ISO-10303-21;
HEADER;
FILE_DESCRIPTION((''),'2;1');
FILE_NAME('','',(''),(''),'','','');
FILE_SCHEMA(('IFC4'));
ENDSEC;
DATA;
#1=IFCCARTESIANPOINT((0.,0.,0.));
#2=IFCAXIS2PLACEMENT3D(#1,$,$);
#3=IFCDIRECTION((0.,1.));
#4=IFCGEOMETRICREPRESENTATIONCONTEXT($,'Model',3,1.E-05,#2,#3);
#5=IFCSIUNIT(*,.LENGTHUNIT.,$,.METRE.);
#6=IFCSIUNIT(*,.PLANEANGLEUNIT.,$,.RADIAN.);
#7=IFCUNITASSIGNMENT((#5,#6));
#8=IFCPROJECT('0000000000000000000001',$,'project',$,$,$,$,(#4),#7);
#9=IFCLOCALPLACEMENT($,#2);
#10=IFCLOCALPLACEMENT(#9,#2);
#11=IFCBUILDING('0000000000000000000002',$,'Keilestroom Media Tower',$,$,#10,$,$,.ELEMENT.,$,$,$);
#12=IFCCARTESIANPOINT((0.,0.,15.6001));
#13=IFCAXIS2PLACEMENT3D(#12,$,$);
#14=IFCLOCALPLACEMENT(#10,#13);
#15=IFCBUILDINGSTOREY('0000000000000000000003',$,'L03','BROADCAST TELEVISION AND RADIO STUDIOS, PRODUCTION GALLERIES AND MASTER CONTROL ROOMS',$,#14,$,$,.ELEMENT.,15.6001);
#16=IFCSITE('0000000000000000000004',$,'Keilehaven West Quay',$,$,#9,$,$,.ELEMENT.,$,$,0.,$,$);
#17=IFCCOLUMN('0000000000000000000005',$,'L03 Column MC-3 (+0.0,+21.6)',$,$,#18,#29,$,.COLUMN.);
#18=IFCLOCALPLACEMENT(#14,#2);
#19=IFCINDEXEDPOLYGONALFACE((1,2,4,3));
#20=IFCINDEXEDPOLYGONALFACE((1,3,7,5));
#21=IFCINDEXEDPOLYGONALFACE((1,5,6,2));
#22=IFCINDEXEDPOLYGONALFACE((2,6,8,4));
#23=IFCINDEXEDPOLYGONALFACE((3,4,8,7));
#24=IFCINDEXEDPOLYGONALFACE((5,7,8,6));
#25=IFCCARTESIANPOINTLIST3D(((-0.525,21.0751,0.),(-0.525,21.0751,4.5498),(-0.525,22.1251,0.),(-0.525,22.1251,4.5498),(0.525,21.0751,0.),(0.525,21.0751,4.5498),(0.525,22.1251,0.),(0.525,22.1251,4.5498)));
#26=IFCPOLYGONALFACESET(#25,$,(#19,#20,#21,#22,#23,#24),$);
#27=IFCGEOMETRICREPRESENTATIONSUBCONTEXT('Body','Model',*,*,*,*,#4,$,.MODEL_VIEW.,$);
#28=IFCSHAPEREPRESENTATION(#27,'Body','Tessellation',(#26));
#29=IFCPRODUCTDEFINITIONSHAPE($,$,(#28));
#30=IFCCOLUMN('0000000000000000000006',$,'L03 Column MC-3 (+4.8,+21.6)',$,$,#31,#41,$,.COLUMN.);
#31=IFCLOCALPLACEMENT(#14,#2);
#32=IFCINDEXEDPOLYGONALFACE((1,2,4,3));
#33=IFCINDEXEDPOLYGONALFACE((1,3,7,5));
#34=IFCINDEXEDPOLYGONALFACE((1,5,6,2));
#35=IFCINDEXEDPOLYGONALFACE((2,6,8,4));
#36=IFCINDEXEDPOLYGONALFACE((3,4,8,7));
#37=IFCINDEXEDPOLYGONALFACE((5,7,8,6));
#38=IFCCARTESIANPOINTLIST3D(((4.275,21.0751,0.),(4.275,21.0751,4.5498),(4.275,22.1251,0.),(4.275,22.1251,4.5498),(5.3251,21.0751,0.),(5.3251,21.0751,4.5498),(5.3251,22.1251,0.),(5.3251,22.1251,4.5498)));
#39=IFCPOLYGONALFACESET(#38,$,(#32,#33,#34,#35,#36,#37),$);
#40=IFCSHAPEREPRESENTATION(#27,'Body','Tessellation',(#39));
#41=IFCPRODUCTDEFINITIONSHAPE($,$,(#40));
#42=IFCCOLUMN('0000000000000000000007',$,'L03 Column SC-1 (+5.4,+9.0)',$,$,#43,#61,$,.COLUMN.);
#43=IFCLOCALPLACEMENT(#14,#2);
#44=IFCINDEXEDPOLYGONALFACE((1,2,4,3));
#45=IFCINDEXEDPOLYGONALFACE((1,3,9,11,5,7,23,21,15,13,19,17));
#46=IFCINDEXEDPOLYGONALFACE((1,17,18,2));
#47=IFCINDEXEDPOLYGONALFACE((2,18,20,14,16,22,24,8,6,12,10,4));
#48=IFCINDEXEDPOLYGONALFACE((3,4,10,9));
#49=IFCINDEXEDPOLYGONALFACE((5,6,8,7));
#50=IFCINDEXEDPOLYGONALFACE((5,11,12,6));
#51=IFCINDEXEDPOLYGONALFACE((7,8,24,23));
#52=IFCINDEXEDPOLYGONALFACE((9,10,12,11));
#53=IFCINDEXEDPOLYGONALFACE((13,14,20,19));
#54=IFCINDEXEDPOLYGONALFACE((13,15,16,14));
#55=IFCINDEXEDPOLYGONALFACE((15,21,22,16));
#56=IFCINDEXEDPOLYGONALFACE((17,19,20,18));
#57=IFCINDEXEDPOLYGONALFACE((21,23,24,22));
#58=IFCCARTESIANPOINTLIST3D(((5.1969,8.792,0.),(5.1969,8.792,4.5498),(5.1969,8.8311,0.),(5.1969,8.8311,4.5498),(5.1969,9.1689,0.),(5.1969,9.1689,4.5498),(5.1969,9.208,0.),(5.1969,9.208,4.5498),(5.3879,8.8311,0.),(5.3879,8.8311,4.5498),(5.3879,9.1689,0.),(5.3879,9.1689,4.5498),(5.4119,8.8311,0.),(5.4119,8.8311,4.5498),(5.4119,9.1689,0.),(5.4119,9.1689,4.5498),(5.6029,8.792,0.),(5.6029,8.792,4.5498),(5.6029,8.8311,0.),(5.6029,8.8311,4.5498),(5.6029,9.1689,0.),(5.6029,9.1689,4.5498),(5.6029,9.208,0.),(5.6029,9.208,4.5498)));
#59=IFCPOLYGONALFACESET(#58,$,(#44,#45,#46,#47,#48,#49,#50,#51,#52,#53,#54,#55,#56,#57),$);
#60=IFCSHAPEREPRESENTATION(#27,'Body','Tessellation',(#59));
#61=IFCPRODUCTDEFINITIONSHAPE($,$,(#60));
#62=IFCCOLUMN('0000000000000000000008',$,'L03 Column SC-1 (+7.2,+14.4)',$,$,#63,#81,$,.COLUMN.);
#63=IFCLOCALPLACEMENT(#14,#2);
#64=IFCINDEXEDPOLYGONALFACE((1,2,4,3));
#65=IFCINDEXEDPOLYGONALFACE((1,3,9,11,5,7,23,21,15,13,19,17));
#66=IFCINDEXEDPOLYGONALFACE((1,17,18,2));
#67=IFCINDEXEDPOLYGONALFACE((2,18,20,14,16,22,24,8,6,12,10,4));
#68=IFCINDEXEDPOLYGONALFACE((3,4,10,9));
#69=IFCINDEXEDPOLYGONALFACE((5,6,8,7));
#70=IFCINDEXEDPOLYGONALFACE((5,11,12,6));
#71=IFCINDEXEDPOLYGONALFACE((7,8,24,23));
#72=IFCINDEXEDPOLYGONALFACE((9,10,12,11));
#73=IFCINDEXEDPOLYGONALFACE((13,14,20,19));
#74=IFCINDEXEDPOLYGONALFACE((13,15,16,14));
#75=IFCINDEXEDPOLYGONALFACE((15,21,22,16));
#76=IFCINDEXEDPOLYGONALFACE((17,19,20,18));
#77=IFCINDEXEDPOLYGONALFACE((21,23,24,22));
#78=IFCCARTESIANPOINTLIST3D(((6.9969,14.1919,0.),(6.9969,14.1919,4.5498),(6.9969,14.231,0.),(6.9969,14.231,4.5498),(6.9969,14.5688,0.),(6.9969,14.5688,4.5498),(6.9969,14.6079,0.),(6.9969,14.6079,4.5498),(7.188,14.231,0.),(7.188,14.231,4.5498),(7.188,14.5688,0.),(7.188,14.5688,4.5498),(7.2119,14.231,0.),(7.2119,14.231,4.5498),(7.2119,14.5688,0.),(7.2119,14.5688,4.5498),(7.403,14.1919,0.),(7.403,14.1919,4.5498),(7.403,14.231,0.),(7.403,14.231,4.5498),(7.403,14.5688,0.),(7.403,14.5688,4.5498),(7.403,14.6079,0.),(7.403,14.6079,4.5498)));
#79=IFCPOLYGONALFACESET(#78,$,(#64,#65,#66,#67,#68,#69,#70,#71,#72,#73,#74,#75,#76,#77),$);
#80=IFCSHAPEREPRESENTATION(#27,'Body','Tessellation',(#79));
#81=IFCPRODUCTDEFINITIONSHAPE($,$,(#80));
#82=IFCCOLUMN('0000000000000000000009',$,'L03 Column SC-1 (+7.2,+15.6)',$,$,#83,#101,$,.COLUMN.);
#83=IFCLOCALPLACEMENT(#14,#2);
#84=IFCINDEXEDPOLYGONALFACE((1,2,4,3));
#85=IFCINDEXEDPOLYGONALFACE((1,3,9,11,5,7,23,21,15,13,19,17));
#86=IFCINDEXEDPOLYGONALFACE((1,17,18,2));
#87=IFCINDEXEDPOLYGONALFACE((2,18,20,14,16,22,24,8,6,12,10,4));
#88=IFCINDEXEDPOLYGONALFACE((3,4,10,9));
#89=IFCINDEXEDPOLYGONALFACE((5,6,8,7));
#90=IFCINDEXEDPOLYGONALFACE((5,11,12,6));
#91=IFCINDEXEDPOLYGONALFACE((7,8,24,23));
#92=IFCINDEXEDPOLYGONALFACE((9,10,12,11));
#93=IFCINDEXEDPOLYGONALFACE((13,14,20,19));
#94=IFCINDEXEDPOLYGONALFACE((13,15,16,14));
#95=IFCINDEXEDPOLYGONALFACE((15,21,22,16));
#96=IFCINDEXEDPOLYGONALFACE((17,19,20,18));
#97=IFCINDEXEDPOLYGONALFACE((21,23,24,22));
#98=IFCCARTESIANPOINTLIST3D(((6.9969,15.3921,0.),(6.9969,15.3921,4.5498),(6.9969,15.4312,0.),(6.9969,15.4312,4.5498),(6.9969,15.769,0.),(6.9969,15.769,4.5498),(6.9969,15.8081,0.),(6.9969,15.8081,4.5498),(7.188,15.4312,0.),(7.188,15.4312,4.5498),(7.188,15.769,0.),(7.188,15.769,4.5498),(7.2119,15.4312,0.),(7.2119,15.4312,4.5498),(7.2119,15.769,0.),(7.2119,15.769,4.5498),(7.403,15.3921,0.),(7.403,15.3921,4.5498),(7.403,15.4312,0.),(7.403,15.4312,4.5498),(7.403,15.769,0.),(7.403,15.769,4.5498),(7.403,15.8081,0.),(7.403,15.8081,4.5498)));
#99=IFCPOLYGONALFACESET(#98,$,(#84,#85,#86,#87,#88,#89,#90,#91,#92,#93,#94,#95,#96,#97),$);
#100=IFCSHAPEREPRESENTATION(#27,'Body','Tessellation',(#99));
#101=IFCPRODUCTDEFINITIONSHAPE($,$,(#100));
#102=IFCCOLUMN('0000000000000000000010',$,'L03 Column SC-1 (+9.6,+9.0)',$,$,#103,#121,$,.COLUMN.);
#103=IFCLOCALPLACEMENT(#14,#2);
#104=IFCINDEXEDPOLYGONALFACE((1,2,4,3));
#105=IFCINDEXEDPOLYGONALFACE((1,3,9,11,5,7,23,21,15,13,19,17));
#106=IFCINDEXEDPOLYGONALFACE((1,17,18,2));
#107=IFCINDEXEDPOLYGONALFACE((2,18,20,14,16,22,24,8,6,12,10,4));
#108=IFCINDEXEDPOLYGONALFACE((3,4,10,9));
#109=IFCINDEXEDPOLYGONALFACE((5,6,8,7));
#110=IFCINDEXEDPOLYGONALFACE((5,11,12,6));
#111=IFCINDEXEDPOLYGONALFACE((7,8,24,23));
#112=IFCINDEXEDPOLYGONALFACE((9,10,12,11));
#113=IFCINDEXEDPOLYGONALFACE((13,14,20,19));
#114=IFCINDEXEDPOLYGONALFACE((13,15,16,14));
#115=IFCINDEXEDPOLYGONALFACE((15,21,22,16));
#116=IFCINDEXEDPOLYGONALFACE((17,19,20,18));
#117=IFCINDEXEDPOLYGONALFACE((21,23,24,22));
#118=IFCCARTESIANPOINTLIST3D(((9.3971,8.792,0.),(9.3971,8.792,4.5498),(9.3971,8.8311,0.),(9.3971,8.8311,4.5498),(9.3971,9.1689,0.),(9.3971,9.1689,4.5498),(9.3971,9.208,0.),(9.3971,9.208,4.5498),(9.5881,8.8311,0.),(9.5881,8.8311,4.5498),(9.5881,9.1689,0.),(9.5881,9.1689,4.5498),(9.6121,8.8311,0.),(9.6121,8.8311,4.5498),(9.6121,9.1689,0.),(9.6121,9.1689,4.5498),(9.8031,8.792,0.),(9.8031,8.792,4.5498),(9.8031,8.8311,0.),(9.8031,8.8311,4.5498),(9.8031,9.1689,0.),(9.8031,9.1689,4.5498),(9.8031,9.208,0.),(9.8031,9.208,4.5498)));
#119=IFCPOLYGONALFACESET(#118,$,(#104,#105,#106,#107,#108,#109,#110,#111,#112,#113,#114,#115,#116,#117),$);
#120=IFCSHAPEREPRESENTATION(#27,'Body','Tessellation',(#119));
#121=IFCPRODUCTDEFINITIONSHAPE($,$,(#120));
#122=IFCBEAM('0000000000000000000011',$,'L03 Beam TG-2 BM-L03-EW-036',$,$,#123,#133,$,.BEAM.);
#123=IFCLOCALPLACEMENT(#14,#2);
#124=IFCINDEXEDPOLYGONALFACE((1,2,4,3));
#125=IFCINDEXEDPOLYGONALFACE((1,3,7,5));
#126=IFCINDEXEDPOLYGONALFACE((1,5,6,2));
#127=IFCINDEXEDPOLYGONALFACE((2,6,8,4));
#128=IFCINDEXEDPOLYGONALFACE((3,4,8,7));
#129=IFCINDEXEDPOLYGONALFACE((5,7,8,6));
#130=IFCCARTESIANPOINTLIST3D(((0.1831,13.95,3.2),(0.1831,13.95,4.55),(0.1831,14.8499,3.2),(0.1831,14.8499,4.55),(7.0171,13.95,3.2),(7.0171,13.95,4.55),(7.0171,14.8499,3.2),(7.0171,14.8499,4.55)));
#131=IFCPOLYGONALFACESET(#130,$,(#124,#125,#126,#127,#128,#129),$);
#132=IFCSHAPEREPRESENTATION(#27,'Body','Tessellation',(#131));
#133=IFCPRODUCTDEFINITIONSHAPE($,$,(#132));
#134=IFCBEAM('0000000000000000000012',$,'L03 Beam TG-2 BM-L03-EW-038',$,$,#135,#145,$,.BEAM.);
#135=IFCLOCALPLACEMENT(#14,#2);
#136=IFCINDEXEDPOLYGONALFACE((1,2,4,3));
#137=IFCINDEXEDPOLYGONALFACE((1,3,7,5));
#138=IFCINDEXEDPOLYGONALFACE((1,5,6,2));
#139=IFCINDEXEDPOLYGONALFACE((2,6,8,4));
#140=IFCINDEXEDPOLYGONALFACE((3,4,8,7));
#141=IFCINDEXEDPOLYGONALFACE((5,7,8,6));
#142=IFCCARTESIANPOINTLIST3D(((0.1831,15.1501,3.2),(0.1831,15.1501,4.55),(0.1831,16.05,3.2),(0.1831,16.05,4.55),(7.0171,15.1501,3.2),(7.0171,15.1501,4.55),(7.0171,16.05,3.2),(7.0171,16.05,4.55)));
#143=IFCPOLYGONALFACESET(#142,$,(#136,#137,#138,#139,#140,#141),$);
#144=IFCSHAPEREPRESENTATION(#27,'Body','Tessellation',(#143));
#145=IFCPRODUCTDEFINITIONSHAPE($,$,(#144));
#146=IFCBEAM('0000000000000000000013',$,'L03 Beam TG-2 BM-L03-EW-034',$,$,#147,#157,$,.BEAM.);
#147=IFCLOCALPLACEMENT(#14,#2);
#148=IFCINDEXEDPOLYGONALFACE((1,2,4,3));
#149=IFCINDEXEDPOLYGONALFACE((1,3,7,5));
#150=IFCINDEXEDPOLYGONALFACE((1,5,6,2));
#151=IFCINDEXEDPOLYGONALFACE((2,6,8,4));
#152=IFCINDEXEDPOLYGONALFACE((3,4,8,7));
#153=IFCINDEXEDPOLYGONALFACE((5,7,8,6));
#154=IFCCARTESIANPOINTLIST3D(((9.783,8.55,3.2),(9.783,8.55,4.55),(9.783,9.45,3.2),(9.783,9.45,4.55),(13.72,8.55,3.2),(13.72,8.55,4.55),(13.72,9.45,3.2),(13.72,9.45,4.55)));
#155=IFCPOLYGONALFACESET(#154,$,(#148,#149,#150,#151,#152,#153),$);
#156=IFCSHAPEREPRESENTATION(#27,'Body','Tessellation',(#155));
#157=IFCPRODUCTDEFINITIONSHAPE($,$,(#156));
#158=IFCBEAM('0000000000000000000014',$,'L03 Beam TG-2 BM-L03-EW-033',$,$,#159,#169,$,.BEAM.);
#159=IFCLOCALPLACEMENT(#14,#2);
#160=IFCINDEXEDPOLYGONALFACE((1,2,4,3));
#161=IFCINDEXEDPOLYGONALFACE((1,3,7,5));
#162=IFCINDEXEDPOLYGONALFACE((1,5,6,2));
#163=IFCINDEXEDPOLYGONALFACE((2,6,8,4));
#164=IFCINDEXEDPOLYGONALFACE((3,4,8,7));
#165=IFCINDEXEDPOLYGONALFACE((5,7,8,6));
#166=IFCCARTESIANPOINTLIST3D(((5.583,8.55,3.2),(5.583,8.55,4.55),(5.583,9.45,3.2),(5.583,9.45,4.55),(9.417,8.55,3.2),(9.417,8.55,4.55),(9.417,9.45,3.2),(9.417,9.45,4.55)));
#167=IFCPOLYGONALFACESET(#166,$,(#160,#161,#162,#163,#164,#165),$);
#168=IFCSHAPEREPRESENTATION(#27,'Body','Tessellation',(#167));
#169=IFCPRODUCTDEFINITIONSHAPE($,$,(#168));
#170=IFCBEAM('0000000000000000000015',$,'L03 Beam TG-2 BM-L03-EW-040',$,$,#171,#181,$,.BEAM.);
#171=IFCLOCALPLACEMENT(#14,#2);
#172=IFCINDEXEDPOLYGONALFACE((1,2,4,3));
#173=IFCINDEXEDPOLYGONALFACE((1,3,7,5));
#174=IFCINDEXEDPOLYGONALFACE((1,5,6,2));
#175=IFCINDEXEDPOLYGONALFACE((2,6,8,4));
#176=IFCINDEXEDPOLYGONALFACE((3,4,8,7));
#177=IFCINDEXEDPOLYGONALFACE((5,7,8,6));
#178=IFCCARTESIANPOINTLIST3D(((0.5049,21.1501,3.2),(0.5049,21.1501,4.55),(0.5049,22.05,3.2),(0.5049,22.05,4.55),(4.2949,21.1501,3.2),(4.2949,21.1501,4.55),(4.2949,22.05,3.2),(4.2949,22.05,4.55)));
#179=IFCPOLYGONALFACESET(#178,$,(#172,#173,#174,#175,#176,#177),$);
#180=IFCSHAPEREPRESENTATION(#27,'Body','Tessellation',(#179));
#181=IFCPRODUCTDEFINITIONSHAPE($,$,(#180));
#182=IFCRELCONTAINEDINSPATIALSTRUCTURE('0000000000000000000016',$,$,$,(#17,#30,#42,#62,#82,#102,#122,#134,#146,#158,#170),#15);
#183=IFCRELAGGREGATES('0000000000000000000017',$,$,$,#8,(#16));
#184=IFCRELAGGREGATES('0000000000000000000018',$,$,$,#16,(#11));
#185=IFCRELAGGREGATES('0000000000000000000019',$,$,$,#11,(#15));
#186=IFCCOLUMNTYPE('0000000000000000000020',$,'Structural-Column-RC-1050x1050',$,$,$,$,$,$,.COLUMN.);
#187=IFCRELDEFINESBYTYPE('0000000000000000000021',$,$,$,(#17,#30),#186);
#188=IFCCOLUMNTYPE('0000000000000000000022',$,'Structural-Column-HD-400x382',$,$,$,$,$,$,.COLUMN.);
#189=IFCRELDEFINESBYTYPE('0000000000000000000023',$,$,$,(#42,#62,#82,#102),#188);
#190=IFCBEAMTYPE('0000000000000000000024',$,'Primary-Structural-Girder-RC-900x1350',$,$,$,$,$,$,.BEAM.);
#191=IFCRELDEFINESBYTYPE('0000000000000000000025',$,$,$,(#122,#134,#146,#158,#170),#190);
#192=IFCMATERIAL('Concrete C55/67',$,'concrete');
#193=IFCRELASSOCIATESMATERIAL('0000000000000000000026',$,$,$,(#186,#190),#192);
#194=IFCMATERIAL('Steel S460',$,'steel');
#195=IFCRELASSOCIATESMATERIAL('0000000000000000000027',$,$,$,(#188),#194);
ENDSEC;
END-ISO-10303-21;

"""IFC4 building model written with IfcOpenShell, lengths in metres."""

from ifc_helpers import new_model, si_unit, direction, frame, origin, origin_2d, place, context, subcontext, project, spatial, rectangle, i_section, extrude, source, transform, mapped, material, material_profile, profile_set, type_object, element, save


model = new_model("IFC4")

# Units and contexts
model_context = context("Model", 3, precision=1e-05, world=origin(), true_north=direction((0.0, 1.0)))
body_context = subcontext(model_context, "Body", "Model", "MODEL_VIEW")
ifc_project = project(units=[si_unit("LENGTHUNIT", "METRE"), si_unit("PLANEANGLEUNIT", "RADIAN")], contexts=[model_context])

# Site, building, storey
site_placement = place(None, origin())
site = spatial("IfcSite", under=ifc_project, at=site_placement, Name="Keilehaven West Quay", CompositionType="ELEMENT", RefElevation=0.0)
building_placement = place(site_placement, origin())
building = spatial("IfcBuilding", under=site, at=building_placement, Name="Keilestroom Media Tower", CompositionType="ELEMENT")
storey_placement = place(building_placement, frame((0.0, 0.0, 15.6001)))
storey = spatial("IfcBuildingStorey", under=building, at=storey_placement, Name="L03", Description="BROADCAST TELEVISION AND RADIO STUDIOS, PRODUCTION GALLERIES AND MASTER CONTROL ROOMS", CompositionType="ELEMENT", Elevation=15.6001)

# Columns
ifc_material_1 = material(Name="Concrete C55/67", Category="concrete")
ifc_material_profile_1 = material_profile(ifc_material_1, rectangle(XDim=1.05, YDim=1.05, at=origin_2d()), Name="RC 1050x1050")
ifc_profile_set_1 = profile_set([ifc_material_profile_1], Name="Concrete C55/67")
column_type_1 = type_object("IfcColumnType", Name="Structural-Column-RC-1050x1050", PredefinedType="COLUMN", material=ifc_profile_set_1)
shared_shape_1 = source(origin(), body_context, "Body", "SweptSolid", [
    extrude(rectangle(XDim=1.05, YDim=1.05, at=origin_2d()), origin(), (0.0, 0.0, 1.0), 4.5498),
])
for number, where, z_axis, x_axis, name in (
    (1, (0.0, 21.6001, 0.0), (0.0, 0.0, 1.0), (1.0, 0.0, 0.0), "L03 Column MC-3 (+0.0,+21.6)"),
    (2, (4.8, 21.6001, 0.0), (0.0, 0.0, 1.0), (1.0, 0.0, 0.0), "L03 Column MC-3 (+4.8,+21.6)"),
):
    element("IfcColumn", number, at=place(storey_placement, frame(where, z_axis=z_axis, x_axis=x_axis)), inside=storey, type_object=column_type_1, Name=name, PredefinedType="COLUMN", context=body_context, shape_type="MappedRepresentation", body=[
        mapped(shared_shape_1, transform((0.0, 0.0, 0.0), x_axis=(1.0, 0.0, 0.0), y_axis=(0.0, 1.0, 0.0), z_axis=(0.0, 0.0, 1.0), scale=1.0)),
    ])
ifc_material_2 = material(Name="Steel S460", Category="steel")
ifc_material_profile_2 = material_profile(ifc_material_2, i_section(OverallWidth=0.406, OverallDepth=0.416, WebThickness=0.0239, FlangeThickness=0.0391, at=origin_2d()), Name="HD 400x382")
ifc_profile_set_2 = profile_set([ifc_material_profile_2], Name="Steel S460")
column_type_2 = type_object("IfcColumnType", Name="Structural-Column-HD-400x382", PredefinedType="COLUMN", material=ifc_profile_set_2)
shared_shape_2 = source(origin(), body_context, "Body", "SweptSolid", [
    extrude(i_section(OverallWidth=0.406, OverallDepth=0.416, WebThickness=0.0239, FlangeThickness=0.0391, at=origin_2d()), origin(), (0.0, 0.0, 1.0), 4.5498),
])
for number, where, z_axis, x_axis, name in (
    (3, (5.3999, 9.0, 0.0), (0.0, 0.0, 1.0), (1.0, 0.0, 0.0), "L03 Column SC-1 (+5.4,+9.0)"),
    (4, (7.2, 14.3999, 0.0), (0.0, 0.0, 1.0), (1.0, 0.0, 0.0), "L03 Column SC-1 (+7.2,+14.4)"),
    (5, (7.2, 15.6001, 0.0), (0.0, 0.0, 1.0), (1.0, 0.0, 0.0), "L03 Column SC-1 (+7.2,+15.6)"),
    (6, (9.6001, 9.0, 0.0), (0.0, 0.0, 1.0), (1.0, 0.0, 0.0), "L03 Column SC-1 (+9.6,+9.0)"),
):
    element("IfcColumn", number, at=place(storey_placement, frame(where, z_axis=z_axis, x_axis=x_axis)), inside=storey, type_object=column_type_2, Name=name, PredefinedType="COLUMN", context=body_context, shape_type="MappedRepresentation", body=[
        mapped(shared_shape_2, transform((0.0, 0.0, 0.0), x_axis=(1.0, 0.0, 0.0), y_axis=(0.0, 1.0, 0.0), z_axis=(0.0, 0.0, 1.0), scale=1.0)),
    ])

# Beams
ifc_material_profile_3 = material_profile(ifc_material_1, rectangle(XDim=0.8999, YDim=1.3501, at=origin_2d()), Name="RC 900x1350")
ifc_profile_set_3 = profile_set([ifc_material_profile_3], Name="Concrete C55/67")
beam_type_1 = type_object("IfcBeamType", Name="Primary-Structural-Girder-RC-900x1350", PredefinedType="BEAM", material=ifc_profile_set_3)
shared_shape_3 = source(origin(), body_context, "Body", "SweptSolid", [
    extrude(rectangle(XDim=0.8999, YDim=1.3501, at=origin_2d()), origin(), (0.0, 0.0, 1.0), 6.834),
])
for number, where, z_axis, x_axis, name in (
    (7, (0.1831, 14.3999, 3.875), (1.0, 0.0, 0.0), (0.0, 1.0, 0.0), "L03 Beam TG-2 BM-L03-EW-036"),
    (8, (0.1831, 15.6001, 3.875), (1.0, 0.0, 0.0), (0.0, 1.0, 0.0), "L03 Beam TG-2 BM-L03-EW-038"),
):
    element("IfcBeam", number, at=place(storey_placement, frame(where, z_axis=z_axis, x_axis=x_axis)), inside=storey, type_object=beam_type_1, Name=name, PredefinedType="BEAM", context=body_context, shape_type="MappedRepresentation", body=[
        mapped(shared_shape_3, transform((0.0, 0.0, 0.0), x_axis=(1.0, 0.0, 0.0), y_axis=(0.0, 1.0, 0.0), z_axis=(0.0, 0.0, 1.0), scale=1.0)),
    ])
shared_shape_4 = source(origin(), body_context, "Body", "SweptSolid", [
    extrude(rectangle(XDim=0.8999, YDim=1.3501, at=origin_2d()), origin(), (0.0, 0.0, 1.0), 3.937),
])
beam_1_placement = place(storey_placement, frame((9.783, 9.0, 3.875), z_axis=(1.0, 0.0, 0.0), x_axis=(0.0, 1.0, 0.0)))
element("IfcBeam", 9, at=beam_1_placement, inside=storey, type_object=beam_type_1, Name="L03 Beam TG-2 BM-L03-EW-034", PredefinedType="BEAM", context=body_context, shape_type="MappedRepresentation", body=[
    mapped(shared_shape_4, transform((0.0, 0.0, 0.0), x_axis=(1.0, 0.0, 0.0), y_axis=(0.0, 1.0, 0.0), z_axis=(0.0, 0.0, 1.0), scale=1.0)),
])
shared_shape_5 = source(origin(), body_context, "Body", "SweptSolid", [
    extrude(rectangle(XDim=0.8999, YDim=1.3501, at=origin_2d()), origin(), (0.0, 0.0, 1.0), 3.834),
])
beam_2_placement = place(storey_placement, frame((5.583, 9.0, 3.875), z_axis=(1.0, 0.0, 0.0), x_axis=(0.0, 1.0, 0.0)))
element("IfcBeam", 10, at=beam_2_placement, inside=storey, type_object=beam_type_1, Name="L03 Beam TG-2 BM-L03-EW-033", PredefinedType="BEAM", context=body_context, shape_type="MappedRepresentation", body=[
    mapped(shared_shape_5, transform((0.0, 0.0, 0.0), x_axis=(1.0, 0.0, 0.0), y_axis=(0.0, 1.0, 0.0), z_axis=(0.0, 0.0, 1.0), scale=1.0)),
])
shared_shape_6 = source(origin(), body_context, "Body", "SweptSolid", [
    extrude(rectangle(XDim=0.8999, YDim=1.3501, at=origin_2d()), origin(), (0.0, 0.0, 1.0), 3.79),
])
beam_3_placement = place(storey_placement, frame((0.5049, 21.6001, 3.875), z_axis=(1.0, 0.0, 0.0), x_axis=(0.0, 1.0, 0.0)))
element("IfcBeam", 11, at=beam_3_placement, inside=storey, type_object=beam_type_1, Name="L03 Beam TG-2 BM-L03-EW-040", PredefinedType="BEAM", context=body_context, shape_type="MappedRepresentation", body=[
    mapped(shared_shape_6, transform((0.0, 0.0, 0.0), x_axis=(1.0, 0.0, 0.0), y_axis=(0.0, 1.0, 0.0), z_axis=(0.0, 0.0, 1.0), scale=1.0)),
])

save(model, "model.ifc")
